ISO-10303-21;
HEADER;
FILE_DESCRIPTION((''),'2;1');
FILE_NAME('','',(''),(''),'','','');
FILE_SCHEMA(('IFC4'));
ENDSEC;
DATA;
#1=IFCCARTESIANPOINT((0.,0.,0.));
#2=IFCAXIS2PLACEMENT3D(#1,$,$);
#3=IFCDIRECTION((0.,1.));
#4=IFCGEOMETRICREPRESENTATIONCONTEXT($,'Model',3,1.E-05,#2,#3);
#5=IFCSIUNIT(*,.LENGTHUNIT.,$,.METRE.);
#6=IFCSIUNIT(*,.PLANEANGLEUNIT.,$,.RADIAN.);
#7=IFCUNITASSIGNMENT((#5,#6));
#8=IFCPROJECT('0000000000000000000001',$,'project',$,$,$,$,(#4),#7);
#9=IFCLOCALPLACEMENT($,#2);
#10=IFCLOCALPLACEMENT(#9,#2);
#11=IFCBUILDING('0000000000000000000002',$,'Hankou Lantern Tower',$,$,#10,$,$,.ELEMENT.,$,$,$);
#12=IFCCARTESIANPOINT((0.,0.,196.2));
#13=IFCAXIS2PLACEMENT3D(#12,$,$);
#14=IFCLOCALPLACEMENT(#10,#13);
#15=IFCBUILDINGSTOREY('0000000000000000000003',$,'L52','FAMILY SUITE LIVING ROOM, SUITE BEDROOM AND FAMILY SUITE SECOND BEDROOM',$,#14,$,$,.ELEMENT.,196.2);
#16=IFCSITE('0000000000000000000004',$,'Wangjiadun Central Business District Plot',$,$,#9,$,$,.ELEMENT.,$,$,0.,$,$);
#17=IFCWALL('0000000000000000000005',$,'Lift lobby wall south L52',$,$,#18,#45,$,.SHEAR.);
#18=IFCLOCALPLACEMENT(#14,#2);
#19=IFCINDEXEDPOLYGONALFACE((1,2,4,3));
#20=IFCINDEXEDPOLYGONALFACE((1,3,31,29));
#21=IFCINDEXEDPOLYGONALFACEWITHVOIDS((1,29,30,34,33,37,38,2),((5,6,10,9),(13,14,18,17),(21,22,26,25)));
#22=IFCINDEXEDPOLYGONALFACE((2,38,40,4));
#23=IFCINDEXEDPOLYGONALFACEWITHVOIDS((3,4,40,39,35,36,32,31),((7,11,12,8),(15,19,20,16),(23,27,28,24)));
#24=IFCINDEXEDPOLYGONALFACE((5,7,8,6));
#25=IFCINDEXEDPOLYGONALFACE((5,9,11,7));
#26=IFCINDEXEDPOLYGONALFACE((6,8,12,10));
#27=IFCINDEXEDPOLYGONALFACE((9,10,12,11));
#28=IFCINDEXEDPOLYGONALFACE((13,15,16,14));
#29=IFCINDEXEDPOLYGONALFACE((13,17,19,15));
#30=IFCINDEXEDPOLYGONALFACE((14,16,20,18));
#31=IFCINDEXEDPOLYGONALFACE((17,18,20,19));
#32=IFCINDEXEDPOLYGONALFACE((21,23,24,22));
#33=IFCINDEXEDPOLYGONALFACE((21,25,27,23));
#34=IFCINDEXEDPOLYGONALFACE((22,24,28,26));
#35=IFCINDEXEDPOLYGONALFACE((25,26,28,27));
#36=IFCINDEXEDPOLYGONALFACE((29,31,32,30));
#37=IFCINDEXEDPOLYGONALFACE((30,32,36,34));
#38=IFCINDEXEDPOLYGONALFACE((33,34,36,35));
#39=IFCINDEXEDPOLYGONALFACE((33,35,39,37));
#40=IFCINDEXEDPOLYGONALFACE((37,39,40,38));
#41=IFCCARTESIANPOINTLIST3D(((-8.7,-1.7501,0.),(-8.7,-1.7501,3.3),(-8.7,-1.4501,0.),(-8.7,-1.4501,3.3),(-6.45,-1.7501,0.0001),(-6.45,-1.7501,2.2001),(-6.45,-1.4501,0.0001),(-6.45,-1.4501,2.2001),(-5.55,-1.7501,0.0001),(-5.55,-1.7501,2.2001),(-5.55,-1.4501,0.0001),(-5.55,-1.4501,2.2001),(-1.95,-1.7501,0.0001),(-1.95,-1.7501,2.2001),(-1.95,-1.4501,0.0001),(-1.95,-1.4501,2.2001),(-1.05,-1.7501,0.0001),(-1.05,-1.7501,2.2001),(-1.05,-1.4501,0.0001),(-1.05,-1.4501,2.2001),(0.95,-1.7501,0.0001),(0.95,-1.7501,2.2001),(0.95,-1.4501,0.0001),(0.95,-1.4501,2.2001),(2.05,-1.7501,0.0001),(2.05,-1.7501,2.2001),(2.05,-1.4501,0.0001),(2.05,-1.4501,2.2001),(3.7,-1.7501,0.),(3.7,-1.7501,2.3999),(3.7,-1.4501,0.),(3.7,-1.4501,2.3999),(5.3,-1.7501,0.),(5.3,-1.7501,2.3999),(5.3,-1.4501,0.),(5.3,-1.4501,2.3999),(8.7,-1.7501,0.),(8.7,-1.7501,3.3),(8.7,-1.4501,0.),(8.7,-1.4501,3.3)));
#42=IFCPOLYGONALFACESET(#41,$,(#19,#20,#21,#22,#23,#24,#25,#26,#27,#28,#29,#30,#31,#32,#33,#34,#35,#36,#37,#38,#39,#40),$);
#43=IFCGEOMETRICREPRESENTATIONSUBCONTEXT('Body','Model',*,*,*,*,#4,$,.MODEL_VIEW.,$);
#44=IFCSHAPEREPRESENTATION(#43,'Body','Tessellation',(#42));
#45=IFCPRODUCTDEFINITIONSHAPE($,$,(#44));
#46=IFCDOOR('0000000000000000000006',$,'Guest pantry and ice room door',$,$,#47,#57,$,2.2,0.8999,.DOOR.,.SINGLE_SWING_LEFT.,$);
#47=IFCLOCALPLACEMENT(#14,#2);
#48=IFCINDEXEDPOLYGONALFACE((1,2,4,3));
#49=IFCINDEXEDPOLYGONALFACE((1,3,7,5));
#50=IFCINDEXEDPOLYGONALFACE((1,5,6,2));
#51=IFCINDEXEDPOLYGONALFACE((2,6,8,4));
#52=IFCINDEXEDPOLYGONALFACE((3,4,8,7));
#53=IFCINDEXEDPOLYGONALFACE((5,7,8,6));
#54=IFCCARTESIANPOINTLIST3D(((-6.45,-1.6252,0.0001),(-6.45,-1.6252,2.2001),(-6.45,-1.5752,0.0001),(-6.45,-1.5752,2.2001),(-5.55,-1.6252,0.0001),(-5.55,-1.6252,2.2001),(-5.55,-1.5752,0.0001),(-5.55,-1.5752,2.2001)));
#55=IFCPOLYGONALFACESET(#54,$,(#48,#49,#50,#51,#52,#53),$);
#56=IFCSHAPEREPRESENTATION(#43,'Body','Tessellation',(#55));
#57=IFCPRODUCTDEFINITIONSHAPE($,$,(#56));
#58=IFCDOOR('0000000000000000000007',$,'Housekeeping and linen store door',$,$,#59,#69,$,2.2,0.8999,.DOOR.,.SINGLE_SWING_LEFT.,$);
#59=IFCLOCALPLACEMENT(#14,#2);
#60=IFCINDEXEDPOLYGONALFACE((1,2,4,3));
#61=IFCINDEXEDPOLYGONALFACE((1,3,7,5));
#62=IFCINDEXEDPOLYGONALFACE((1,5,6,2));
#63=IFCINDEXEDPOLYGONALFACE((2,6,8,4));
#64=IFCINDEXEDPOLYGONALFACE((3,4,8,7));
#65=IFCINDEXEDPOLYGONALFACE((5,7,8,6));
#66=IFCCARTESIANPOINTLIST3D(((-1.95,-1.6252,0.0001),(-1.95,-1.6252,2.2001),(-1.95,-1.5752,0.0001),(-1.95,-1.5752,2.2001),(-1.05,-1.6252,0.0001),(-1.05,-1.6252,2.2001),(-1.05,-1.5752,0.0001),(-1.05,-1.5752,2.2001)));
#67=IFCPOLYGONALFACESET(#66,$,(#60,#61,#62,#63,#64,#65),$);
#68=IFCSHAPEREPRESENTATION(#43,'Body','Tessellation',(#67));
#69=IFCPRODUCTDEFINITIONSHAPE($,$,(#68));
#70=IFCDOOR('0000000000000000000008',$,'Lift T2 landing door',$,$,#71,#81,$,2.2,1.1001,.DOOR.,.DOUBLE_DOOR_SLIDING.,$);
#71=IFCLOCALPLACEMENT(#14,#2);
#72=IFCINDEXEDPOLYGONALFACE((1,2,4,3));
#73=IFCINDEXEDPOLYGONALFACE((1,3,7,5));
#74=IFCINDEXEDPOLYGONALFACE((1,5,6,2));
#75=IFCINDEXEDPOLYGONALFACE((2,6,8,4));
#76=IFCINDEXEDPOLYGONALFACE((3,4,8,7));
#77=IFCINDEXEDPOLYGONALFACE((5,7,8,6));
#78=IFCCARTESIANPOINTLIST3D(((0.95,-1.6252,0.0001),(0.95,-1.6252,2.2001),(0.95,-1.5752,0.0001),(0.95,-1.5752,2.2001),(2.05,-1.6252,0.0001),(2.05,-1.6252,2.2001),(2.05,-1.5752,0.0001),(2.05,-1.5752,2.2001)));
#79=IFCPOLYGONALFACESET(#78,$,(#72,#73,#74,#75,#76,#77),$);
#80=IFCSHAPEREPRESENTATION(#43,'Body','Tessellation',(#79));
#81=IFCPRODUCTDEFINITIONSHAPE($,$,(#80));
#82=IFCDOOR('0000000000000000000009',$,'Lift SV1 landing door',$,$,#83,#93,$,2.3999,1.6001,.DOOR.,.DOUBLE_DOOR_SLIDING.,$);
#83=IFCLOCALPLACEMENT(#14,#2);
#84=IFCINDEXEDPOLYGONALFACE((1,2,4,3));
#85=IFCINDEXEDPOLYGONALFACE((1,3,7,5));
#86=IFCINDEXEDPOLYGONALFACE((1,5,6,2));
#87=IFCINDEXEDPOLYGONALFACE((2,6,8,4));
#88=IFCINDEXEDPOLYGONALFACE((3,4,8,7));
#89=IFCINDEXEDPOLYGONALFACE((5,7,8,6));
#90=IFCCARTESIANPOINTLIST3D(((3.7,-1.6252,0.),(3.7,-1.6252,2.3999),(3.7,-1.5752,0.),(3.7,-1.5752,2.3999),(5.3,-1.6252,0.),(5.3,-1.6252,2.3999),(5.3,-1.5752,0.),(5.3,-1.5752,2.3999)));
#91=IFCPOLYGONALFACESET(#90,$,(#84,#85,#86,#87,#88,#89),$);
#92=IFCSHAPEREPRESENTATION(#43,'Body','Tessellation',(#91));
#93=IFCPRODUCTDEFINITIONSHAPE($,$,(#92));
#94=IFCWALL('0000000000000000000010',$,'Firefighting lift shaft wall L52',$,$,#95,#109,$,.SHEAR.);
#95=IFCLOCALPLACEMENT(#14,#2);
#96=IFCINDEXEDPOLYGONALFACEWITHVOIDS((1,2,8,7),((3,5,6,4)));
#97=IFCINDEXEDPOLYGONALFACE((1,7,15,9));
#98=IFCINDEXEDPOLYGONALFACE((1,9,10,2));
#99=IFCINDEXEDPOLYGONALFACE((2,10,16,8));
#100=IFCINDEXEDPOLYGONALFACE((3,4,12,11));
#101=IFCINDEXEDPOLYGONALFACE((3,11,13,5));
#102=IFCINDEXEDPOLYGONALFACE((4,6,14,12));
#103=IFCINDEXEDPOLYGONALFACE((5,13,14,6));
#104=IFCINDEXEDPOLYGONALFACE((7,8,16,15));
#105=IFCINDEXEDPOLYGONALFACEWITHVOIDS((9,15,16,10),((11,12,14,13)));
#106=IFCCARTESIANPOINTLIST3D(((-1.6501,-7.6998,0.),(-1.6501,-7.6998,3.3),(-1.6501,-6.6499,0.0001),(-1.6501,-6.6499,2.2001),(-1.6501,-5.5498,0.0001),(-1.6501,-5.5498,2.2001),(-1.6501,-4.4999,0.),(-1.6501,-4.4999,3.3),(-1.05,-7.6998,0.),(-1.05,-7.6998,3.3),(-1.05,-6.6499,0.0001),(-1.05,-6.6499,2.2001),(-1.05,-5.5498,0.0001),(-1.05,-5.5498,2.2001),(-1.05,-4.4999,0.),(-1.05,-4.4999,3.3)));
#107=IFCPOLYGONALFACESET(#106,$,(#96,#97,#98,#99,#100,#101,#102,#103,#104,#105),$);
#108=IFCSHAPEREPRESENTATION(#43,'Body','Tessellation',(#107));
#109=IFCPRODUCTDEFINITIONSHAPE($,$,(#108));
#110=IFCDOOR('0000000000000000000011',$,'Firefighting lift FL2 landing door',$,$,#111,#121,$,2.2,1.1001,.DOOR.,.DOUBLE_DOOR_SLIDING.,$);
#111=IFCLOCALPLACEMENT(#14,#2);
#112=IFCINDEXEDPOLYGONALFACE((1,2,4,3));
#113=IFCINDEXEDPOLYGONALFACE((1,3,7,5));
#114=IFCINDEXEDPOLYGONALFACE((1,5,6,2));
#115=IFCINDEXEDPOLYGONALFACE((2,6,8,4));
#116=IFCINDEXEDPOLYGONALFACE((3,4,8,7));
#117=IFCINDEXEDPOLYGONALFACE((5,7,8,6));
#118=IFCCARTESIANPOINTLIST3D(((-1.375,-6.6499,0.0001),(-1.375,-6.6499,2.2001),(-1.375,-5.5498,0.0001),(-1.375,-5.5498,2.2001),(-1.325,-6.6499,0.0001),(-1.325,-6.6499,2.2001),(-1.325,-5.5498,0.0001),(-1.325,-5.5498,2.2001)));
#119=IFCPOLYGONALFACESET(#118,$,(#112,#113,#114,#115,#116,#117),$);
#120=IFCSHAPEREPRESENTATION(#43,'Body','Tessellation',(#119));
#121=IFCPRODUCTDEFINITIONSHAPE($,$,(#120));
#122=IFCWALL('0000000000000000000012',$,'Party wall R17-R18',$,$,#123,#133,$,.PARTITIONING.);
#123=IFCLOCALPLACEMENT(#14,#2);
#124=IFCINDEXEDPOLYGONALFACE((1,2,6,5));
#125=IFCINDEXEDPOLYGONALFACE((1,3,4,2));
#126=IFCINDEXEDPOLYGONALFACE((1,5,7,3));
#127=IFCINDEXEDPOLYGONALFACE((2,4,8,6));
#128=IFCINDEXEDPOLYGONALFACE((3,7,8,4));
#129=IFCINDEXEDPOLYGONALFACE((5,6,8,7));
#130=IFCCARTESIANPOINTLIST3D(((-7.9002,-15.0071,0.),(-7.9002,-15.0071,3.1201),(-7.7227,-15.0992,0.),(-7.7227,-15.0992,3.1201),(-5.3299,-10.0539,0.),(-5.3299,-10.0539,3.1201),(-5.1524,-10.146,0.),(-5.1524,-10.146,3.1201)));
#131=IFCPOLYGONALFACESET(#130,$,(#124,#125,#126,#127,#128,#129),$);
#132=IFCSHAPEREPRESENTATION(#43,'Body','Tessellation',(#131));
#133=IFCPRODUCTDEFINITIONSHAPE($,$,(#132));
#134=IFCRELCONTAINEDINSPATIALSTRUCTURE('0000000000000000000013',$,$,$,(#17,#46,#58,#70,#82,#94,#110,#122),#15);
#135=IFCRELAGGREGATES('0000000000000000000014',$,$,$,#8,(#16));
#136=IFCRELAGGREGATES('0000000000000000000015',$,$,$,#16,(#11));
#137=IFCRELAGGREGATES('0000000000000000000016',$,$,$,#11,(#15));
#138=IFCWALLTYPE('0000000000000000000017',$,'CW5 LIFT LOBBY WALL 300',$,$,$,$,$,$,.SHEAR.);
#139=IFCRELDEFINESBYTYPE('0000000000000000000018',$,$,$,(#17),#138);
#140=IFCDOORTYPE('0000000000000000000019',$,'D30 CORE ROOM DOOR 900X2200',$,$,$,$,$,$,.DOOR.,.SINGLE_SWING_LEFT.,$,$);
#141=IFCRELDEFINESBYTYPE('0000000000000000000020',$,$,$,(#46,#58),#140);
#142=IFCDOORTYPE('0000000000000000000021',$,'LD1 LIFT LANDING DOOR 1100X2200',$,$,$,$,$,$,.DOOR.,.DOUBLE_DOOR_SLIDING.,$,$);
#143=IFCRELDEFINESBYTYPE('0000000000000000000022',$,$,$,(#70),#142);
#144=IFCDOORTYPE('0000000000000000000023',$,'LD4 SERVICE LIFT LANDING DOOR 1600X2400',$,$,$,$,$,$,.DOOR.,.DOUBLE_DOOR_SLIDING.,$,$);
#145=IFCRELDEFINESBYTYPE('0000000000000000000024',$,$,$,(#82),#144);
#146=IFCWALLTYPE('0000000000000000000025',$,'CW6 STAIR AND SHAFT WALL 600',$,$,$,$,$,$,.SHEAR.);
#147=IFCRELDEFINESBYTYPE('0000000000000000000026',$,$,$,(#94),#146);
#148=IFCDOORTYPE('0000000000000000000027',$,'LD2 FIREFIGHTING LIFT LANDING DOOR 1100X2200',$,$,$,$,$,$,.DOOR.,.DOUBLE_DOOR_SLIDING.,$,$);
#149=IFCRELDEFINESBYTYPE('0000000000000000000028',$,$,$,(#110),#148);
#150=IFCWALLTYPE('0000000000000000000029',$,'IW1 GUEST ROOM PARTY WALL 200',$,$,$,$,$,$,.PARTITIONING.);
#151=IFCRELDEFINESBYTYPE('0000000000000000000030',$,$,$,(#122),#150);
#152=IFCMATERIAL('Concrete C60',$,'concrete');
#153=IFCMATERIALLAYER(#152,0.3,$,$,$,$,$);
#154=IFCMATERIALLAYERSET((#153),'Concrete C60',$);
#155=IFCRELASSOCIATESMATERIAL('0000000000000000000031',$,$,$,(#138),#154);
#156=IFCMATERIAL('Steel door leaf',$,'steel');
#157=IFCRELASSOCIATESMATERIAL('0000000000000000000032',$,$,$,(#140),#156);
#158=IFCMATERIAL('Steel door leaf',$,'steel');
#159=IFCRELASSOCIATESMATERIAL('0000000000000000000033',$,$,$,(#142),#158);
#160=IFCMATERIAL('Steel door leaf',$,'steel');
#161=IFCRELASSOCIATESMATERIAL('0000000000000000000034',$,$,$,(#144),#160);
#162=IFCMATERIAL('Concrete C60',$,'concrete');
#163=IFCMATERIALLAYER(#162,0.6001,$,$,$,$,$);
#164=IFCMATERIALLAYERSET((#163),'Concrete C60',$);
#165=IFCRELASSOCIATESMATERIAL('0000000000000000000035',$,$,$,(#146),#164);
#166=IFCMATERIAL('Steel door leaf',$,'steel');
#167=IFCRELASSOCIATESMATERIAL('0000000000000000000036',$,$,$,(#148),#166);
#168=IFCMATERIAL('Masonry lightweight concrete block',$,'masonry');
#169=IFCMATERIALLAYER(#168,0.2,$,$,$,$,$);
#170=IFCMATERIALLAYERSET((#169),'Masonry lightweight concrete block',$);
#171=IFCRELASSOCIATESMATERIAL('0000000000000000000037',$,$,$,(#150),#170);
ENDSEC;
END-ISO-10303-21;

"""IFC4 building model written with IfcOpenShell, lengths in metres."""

from ifc_helpers import new_model, si_unit, direction, frame, frame_2d, origin, place, context, subcontext, project, spatial, rectangle, extrude, material, layer, layer_set, type_object, element, fill, save


model = new_model("IFC4")

# Units and contexts
model_context = context("Model", 3, precision=1e-05, world=origin(), true_north=direction((0.0, 1.0)))
body_context = subcontext(model_context, "Body", "Model", "MODEL_VIEW")
ifc_project = project(units=[si_unit("LENGTHUNIT", "METRE"), si_unit("PLANEANGLEUNIT", "RADIAN")], contexts=[model_context])

# Site, building, storey
site_placement = place(None, origin())
site = spatial("IfcSite", under=ifc_project, at=site_placement, Name="Wangjiadun Central Business District Plot", CompositionType="ELEMENT", RefElevation=0.0)
building_placement = place(site_placement, origin())
building = spatial("IfcBuilding", under=site, at=building_placement, Name="Hankou Lantern Tower", CompositionType="ELEMENT")
storey_placement = place(building_placement, frame((0.0, 0.0, 196.2)))
storey = spatial("IfcBuildingStorey", under=building, at=storey_placement, Name="L52", Description="FAMILY SUITE LIVING ROOM, SUITE BEDROOM AND FAMILY SUITE SECOND BEDROOM", CompositionType="ELEMENT", Elevation=196.2)

# Wall, openings, doors
ifc_material_1 = material(Name="Concrete C60", Category="concrete")
ifc_layer_1 = layer(ifc_material_1, 0.3)
ifc_layer_set_1 = layer_set([ifc_layer_1], Name="Concrete C60")
wall_type_1 = type_object("IfcWallType", Name="CW5 LIFT LOBBY WALL 300", PredefinedType="SHEAR", material=ifc_layer_set_1)
wall_1_placement = place(storey_placement, frame((-8.7, -1.6001, 0.0), z_axis=(0.0, 0.0, 1.0), x_axis=(1.0, 0.0, 0.0)))
wall_1 = element("IfcWall", 1, at=wall_1_placement, inside=storey, type_object=wall_type_1, Name="Lift lobby wall south L52", PredefinedType="SHEAR", context=body_context, shape_type="SweptSolid", body=[
    extrude(rectangle(XDim=17.3999, YDim=0.3, at=frame_2d((8.7, 0.0))), origin(), (0.0, 0.0, 1.0), 3.3),
])
opening_1_placement = place(wall_1_placement, frame((9.6499, 0.0, 0.0)))
opening_1 = element("IfcOpeningElement", 2, at=opening_1_placement, cuts=wall_1, PredefinedType="OPENING", context=body_context, shape_type="SweptSolid", body=[
    extrude(rectangle(XDim=1.1001, YDim=2.2, at=frame_2d((0.55, 1.1001))), frame((0.0, 0.1599, 0.0), z_axis=(0.0, -1.0, 0.0), x_axis=(1.0, 0.0, 0.0)), (0.0, 0.0, 1.0), 0.3201),
])
opening_2_placement = place(wall_1_placement, frame((12.3999, 0.0, 0.0)))
opening_2 = element("IfcOpeningElement", 3, at=opening_2_placement, cuts=wall_1, PredefinedType="OPENING", context=body_context, shape_type="SweptSolid", body=[
    extrude(rectangle(XDim=1.6001, YDim=2.3999, at=frame_2d((0.8, 1.2))), frame((0.0, 0.1599, 0.0), z_axis=(0.0, -1.0, 0.0), x_axis=(1.0, 0.0, 0.0)), (0.0, 0.0, 1.0), 0.3201),
])
opening_3_placement = place(wall_1_placement, frame((2.25, 0.0, 0.0)))
opening_3 = element("IfcOpeningElement", 4, at=opening_3_placement, cuts=wall_1, PredefinedType="OPENING", context=body_context, shape_type="SweptSolid", body=[
    extrude(rectangle(XDim=0.8999, YDim=2.2, at=frame_2d((0.45, 1.1001))), frame((0.0, 0.1599, 0.0), z_axis=(0.0, -1.0, 0.0), x_axis=(1.0, 0.0, 0.0)), (0.0, 0.0, 1.0), 0.3201),
])
opening_4_placement = place(wall_1_placement, frame((6.75, 0.0, 0.0)))
opening_4 = element("IfcOpeningElement", 5, at=opening_4_placement, cuts=wall_1, PredefinedType="OPENING", context=body_context, shape_type="SweptSolid", body=[
    extrude(rectangle(XDim=0.8999, YDim=2.2, at=frame_2d((0.45, 1.1001))), frame((0.0, 0.1599, 0.0), z_axis=(0.0, -1.0, 0.0), x_axis=(1.0, 0.0, 0.0)), (0.0, 0.0, 1.0), 0.3201),
])
ifc_material_2 = material(Name="Steel door leaf", Category="steel")
door_type_1 = type_object("IfcDoorType", Name="D30 CORE ROOM DOOR 900X2200", OperationType="SINGLE_SWING_LEFT", PredefinedType="DOOR", material=ifc_material_2)
door_1_placement = place(opening_3_placement, origin())
door_1 = element("IfcDoor", 6, at=door_1_placement, inside=storey, type_object=door_type_1, Name="Guest pantry and ice room door", OperationType="SINGLE_SWING_LEFT", OverallHeight=2.2, OverallWidth=0.8999, PredefinedType="DOOR", context=body_context, shape_type="SweptSolid", body=[
    extrude(rectangle(XDim=0.8999, YDim=2.2, at=frame_2d((0.45, 1.1001))), frame((0.0, 0.0249, 0.0), z_axis=(0.0, -1.0, 0.0), x_axis=(1.0, 0.0, 0.0)), (0.0, 0.0, 1.0), 0.05),
])
fill(opening_3, door_1)
door_2_placement = place(opening_4_placement, origin())
door_2 = element("IfcDoor", 7, at=door_2_placement, inside=storey, type_object=door_type_1, Name="Housekeeping and linen store door", OperationType="SINGLE_SWING_LEFT", OverallHeight=2.2, OverallWidth=0.8999, PredefinedType="DOOR", context=body_context, shape_type="SweptSolid", body=[
    extrude(rectangle(XDim=0.8999, YDim=2.2, at=frame_2d((0.45, 1.1001))), frame((0.0, 0.0249, 0.0), z_axis=(0.0, -1.0, 0.0), x_axis=(1.0, 0.0, 0.0)), (0.0, 0.0, 1.0), 0.05),
])
fill(opening_4, door_2)
ifc_material_3 = material(Name="Steel door leaf", Category="steel")
door_type_2 = type_object("IfcDoorType", Name="LD1 LIFT LANDING DOOR 1100X2200", OperationType="DOUBLE_DOOR_SLIDING", PredefinedType="DOOR", material=ifc_material_3)
door_3_placement = place(opening_1_placement, origin())
door_3 = element("IfcDoor", 8, at=door_3_placement, inside=storey, type_object=door_type_2, Name="Lift T2 landing door", OperationType="DOUBLE_DOOR_SLIDING", OverallHeight=2.2, OverallWidth=1.1001, PredefinedType="DOOR", context=body_context, shape_type="SweptSolid", body=[
    extrude(rectangle(XDim=1.1001, YDim=2.2, at=frame_2d((0.55, 1.1001))), frame((0.0, 0.0249, 0.0), z_axis=(0.0, -1.0, 0.0), x_axis=(1.0, 0.0, 0.0)), (0.0, 0.0, 1.0), 0.05),
])
fill(opening_1, door_3)
ifc_material_4 = material(Name="Steel door leaf", Category="steel")
door_type_3 = type_object("IfcDoorType", Name="LD4 SERVICE LIFT LANDING DOOR 1600X2400", OperationType="DOUBLE_DOOR_SLIDING", PredefinedType="DOOR", material=ifc_material_4)
door_4_placement = place(opening_2_placement, origin())
door_4 = element("IfcDoor", 9, at=door_4_placement, inside=storey, type_object=door_type_3, Name="Lift SV1 landing door", OperationType="DOUBLE_DOOR_SLIDING", OverallHeight=2.3999, OverallWidth=1.6001, PredefinedType="DOOR", context=body_context, shape_type="SweptSolid", body=[
    extrude(rectangle(XDim=1.6001, YDim=2.3999, at=frame_2d((0.8, 1.2))), frame((0.0, 0.0249, 0.0), z_axis=(0.0, -1.0, 0.0), x_axis=(1.0, 0.0, 0.0)), (0.0, 0.0, 1.0), 0.05),
])
fill(opening_2, door_4)

# Wall, opening, door
ifc_material_5 = material(Name="Concrete C60", Category="concrete")
ifc_layer_2 = layer(ifc_material_5, 0.6001)
ifc_layer_set_2 = layer_set([ifc_layer_2], Name="Concrete C60")
wall_type_2 = type_object("IfcWallType", Name="CW6 STAIR AND SHAFT WALL 600", PredefinedType="SHEAR", material=ifc_layer_set_2)
wall_2_placement = place(storey_placement, frame((-1.3501, -7.7, 0.0), z_axis=(0.0, 0.0, 1.0), x_axis=(0.0, 1.0, 0.0)))
wall_2 = element("IfcWall", 10, at=wall_2_placement, inside=storey, type_object=wall_type_2, Name="Firefighting lift shaft wall L52", PredefinedType="SHEAR", context=body_context, shape_type="SweptSolid", body=[
    extrude(rectangle(XDim=3.2, YDim=0.6001, at=frame_2d((1.6001, 0.0))), origin(), (0.0, 0.0, 1.0), 3.3),
])
opening_5_placement = place(wall_2_placement, frame((1.05, 0.0, 0.0)))
opening_5 = element("IfcOpeningElement", 11, at=opening_5_placement, cuts=wall_2, PredefinedType="OPENING", context=body_context, shape_type="SweptSolid", body=[
    extrude(rectangle(XDim=1.1001, YDim=2.2, at=frame_2d((0.55, 1.1001))), frame((0.0, 0.3101, 0.0), z_axis=(0.0, -1.0, 0.0), x_axis=(1.0, 0.0, 0.0)), (0.0, 0.0, 1.0), 0.6201),
])
ifc_material_6 = material(Name="Steel door leaf", Category="steel")
door_type_4 = type_object("IfcDoorType", Name="LD2 FIREFIGHTING LIFT LANDING DOOR 1100X2200", OperationType="DOUBLE_DOOR_SLIDING", PredefinedType="DOOR", material=ifc_material_6)
door_5_placement = place(opening_5_placement, origin())
door_5 = element("IfcDoor", 12, at=door_5_placement, inside=storey, type_object=door_type_4, Name="Firefighting lift FL2 landing door", OperationType="DOUBLE_DOOR_SLIDING", OverallHeight=2.2, OverallWidth=1.1001, PredefinedType="DOOR", context=body_context, shape_type="SweptSolid", body=[
    extrude(rectangle(XDim=1.1001, YDim=2.2, at=frame_2d((0.55, 1.1001))), frame((0.0, 0.0249, 0.0), z_axis=(0.0, -1.0, 0.0), x_axis=(1.0, 0.0, 0.0)), (0.0, 0.0, 1.0), 0.05),
])
fill(opening_5, door_5)

# Wall
ifc_material_7 = material(Name="Masonry lightweight concrete block", Category="masonry")
ifc_layer_3 = layer(ifc_material_7, 0.2)
ifc_layer_set_3 = layer_set([ifc_layer_3], Name="Masonry lightweight concrete block")
wall_type_3 = type_object("IfcWallType", Name="IW1 GUEST ROOM PARTY WALL 200", PredefinedType="PARTITIONING", material=ifc_layer_set_3)
wall_3_placement = place(storey_placement, frame((-5.2412, -10.1001, 0.0), z_axis=(0.0, 0.0, 1.0), x_axis=(-0.460603, -0.887606, 0.0)))
element("IfcWall", 13, at=wall_3_placement, inside=storey, type_object=wall_type_3, Name="Party wall R17-R18", PredefinedType="PARTITIONING", context=body_context, shape_type="SweptSolid", body=[
    extrude(rectangle(XDim=5.5803, YDim=0.2, at=frame_2d((2.79, 0.0))), origin(), (0.0, 0.0, 1.0), 3.1201),
])

save(model, "model.ifc")
